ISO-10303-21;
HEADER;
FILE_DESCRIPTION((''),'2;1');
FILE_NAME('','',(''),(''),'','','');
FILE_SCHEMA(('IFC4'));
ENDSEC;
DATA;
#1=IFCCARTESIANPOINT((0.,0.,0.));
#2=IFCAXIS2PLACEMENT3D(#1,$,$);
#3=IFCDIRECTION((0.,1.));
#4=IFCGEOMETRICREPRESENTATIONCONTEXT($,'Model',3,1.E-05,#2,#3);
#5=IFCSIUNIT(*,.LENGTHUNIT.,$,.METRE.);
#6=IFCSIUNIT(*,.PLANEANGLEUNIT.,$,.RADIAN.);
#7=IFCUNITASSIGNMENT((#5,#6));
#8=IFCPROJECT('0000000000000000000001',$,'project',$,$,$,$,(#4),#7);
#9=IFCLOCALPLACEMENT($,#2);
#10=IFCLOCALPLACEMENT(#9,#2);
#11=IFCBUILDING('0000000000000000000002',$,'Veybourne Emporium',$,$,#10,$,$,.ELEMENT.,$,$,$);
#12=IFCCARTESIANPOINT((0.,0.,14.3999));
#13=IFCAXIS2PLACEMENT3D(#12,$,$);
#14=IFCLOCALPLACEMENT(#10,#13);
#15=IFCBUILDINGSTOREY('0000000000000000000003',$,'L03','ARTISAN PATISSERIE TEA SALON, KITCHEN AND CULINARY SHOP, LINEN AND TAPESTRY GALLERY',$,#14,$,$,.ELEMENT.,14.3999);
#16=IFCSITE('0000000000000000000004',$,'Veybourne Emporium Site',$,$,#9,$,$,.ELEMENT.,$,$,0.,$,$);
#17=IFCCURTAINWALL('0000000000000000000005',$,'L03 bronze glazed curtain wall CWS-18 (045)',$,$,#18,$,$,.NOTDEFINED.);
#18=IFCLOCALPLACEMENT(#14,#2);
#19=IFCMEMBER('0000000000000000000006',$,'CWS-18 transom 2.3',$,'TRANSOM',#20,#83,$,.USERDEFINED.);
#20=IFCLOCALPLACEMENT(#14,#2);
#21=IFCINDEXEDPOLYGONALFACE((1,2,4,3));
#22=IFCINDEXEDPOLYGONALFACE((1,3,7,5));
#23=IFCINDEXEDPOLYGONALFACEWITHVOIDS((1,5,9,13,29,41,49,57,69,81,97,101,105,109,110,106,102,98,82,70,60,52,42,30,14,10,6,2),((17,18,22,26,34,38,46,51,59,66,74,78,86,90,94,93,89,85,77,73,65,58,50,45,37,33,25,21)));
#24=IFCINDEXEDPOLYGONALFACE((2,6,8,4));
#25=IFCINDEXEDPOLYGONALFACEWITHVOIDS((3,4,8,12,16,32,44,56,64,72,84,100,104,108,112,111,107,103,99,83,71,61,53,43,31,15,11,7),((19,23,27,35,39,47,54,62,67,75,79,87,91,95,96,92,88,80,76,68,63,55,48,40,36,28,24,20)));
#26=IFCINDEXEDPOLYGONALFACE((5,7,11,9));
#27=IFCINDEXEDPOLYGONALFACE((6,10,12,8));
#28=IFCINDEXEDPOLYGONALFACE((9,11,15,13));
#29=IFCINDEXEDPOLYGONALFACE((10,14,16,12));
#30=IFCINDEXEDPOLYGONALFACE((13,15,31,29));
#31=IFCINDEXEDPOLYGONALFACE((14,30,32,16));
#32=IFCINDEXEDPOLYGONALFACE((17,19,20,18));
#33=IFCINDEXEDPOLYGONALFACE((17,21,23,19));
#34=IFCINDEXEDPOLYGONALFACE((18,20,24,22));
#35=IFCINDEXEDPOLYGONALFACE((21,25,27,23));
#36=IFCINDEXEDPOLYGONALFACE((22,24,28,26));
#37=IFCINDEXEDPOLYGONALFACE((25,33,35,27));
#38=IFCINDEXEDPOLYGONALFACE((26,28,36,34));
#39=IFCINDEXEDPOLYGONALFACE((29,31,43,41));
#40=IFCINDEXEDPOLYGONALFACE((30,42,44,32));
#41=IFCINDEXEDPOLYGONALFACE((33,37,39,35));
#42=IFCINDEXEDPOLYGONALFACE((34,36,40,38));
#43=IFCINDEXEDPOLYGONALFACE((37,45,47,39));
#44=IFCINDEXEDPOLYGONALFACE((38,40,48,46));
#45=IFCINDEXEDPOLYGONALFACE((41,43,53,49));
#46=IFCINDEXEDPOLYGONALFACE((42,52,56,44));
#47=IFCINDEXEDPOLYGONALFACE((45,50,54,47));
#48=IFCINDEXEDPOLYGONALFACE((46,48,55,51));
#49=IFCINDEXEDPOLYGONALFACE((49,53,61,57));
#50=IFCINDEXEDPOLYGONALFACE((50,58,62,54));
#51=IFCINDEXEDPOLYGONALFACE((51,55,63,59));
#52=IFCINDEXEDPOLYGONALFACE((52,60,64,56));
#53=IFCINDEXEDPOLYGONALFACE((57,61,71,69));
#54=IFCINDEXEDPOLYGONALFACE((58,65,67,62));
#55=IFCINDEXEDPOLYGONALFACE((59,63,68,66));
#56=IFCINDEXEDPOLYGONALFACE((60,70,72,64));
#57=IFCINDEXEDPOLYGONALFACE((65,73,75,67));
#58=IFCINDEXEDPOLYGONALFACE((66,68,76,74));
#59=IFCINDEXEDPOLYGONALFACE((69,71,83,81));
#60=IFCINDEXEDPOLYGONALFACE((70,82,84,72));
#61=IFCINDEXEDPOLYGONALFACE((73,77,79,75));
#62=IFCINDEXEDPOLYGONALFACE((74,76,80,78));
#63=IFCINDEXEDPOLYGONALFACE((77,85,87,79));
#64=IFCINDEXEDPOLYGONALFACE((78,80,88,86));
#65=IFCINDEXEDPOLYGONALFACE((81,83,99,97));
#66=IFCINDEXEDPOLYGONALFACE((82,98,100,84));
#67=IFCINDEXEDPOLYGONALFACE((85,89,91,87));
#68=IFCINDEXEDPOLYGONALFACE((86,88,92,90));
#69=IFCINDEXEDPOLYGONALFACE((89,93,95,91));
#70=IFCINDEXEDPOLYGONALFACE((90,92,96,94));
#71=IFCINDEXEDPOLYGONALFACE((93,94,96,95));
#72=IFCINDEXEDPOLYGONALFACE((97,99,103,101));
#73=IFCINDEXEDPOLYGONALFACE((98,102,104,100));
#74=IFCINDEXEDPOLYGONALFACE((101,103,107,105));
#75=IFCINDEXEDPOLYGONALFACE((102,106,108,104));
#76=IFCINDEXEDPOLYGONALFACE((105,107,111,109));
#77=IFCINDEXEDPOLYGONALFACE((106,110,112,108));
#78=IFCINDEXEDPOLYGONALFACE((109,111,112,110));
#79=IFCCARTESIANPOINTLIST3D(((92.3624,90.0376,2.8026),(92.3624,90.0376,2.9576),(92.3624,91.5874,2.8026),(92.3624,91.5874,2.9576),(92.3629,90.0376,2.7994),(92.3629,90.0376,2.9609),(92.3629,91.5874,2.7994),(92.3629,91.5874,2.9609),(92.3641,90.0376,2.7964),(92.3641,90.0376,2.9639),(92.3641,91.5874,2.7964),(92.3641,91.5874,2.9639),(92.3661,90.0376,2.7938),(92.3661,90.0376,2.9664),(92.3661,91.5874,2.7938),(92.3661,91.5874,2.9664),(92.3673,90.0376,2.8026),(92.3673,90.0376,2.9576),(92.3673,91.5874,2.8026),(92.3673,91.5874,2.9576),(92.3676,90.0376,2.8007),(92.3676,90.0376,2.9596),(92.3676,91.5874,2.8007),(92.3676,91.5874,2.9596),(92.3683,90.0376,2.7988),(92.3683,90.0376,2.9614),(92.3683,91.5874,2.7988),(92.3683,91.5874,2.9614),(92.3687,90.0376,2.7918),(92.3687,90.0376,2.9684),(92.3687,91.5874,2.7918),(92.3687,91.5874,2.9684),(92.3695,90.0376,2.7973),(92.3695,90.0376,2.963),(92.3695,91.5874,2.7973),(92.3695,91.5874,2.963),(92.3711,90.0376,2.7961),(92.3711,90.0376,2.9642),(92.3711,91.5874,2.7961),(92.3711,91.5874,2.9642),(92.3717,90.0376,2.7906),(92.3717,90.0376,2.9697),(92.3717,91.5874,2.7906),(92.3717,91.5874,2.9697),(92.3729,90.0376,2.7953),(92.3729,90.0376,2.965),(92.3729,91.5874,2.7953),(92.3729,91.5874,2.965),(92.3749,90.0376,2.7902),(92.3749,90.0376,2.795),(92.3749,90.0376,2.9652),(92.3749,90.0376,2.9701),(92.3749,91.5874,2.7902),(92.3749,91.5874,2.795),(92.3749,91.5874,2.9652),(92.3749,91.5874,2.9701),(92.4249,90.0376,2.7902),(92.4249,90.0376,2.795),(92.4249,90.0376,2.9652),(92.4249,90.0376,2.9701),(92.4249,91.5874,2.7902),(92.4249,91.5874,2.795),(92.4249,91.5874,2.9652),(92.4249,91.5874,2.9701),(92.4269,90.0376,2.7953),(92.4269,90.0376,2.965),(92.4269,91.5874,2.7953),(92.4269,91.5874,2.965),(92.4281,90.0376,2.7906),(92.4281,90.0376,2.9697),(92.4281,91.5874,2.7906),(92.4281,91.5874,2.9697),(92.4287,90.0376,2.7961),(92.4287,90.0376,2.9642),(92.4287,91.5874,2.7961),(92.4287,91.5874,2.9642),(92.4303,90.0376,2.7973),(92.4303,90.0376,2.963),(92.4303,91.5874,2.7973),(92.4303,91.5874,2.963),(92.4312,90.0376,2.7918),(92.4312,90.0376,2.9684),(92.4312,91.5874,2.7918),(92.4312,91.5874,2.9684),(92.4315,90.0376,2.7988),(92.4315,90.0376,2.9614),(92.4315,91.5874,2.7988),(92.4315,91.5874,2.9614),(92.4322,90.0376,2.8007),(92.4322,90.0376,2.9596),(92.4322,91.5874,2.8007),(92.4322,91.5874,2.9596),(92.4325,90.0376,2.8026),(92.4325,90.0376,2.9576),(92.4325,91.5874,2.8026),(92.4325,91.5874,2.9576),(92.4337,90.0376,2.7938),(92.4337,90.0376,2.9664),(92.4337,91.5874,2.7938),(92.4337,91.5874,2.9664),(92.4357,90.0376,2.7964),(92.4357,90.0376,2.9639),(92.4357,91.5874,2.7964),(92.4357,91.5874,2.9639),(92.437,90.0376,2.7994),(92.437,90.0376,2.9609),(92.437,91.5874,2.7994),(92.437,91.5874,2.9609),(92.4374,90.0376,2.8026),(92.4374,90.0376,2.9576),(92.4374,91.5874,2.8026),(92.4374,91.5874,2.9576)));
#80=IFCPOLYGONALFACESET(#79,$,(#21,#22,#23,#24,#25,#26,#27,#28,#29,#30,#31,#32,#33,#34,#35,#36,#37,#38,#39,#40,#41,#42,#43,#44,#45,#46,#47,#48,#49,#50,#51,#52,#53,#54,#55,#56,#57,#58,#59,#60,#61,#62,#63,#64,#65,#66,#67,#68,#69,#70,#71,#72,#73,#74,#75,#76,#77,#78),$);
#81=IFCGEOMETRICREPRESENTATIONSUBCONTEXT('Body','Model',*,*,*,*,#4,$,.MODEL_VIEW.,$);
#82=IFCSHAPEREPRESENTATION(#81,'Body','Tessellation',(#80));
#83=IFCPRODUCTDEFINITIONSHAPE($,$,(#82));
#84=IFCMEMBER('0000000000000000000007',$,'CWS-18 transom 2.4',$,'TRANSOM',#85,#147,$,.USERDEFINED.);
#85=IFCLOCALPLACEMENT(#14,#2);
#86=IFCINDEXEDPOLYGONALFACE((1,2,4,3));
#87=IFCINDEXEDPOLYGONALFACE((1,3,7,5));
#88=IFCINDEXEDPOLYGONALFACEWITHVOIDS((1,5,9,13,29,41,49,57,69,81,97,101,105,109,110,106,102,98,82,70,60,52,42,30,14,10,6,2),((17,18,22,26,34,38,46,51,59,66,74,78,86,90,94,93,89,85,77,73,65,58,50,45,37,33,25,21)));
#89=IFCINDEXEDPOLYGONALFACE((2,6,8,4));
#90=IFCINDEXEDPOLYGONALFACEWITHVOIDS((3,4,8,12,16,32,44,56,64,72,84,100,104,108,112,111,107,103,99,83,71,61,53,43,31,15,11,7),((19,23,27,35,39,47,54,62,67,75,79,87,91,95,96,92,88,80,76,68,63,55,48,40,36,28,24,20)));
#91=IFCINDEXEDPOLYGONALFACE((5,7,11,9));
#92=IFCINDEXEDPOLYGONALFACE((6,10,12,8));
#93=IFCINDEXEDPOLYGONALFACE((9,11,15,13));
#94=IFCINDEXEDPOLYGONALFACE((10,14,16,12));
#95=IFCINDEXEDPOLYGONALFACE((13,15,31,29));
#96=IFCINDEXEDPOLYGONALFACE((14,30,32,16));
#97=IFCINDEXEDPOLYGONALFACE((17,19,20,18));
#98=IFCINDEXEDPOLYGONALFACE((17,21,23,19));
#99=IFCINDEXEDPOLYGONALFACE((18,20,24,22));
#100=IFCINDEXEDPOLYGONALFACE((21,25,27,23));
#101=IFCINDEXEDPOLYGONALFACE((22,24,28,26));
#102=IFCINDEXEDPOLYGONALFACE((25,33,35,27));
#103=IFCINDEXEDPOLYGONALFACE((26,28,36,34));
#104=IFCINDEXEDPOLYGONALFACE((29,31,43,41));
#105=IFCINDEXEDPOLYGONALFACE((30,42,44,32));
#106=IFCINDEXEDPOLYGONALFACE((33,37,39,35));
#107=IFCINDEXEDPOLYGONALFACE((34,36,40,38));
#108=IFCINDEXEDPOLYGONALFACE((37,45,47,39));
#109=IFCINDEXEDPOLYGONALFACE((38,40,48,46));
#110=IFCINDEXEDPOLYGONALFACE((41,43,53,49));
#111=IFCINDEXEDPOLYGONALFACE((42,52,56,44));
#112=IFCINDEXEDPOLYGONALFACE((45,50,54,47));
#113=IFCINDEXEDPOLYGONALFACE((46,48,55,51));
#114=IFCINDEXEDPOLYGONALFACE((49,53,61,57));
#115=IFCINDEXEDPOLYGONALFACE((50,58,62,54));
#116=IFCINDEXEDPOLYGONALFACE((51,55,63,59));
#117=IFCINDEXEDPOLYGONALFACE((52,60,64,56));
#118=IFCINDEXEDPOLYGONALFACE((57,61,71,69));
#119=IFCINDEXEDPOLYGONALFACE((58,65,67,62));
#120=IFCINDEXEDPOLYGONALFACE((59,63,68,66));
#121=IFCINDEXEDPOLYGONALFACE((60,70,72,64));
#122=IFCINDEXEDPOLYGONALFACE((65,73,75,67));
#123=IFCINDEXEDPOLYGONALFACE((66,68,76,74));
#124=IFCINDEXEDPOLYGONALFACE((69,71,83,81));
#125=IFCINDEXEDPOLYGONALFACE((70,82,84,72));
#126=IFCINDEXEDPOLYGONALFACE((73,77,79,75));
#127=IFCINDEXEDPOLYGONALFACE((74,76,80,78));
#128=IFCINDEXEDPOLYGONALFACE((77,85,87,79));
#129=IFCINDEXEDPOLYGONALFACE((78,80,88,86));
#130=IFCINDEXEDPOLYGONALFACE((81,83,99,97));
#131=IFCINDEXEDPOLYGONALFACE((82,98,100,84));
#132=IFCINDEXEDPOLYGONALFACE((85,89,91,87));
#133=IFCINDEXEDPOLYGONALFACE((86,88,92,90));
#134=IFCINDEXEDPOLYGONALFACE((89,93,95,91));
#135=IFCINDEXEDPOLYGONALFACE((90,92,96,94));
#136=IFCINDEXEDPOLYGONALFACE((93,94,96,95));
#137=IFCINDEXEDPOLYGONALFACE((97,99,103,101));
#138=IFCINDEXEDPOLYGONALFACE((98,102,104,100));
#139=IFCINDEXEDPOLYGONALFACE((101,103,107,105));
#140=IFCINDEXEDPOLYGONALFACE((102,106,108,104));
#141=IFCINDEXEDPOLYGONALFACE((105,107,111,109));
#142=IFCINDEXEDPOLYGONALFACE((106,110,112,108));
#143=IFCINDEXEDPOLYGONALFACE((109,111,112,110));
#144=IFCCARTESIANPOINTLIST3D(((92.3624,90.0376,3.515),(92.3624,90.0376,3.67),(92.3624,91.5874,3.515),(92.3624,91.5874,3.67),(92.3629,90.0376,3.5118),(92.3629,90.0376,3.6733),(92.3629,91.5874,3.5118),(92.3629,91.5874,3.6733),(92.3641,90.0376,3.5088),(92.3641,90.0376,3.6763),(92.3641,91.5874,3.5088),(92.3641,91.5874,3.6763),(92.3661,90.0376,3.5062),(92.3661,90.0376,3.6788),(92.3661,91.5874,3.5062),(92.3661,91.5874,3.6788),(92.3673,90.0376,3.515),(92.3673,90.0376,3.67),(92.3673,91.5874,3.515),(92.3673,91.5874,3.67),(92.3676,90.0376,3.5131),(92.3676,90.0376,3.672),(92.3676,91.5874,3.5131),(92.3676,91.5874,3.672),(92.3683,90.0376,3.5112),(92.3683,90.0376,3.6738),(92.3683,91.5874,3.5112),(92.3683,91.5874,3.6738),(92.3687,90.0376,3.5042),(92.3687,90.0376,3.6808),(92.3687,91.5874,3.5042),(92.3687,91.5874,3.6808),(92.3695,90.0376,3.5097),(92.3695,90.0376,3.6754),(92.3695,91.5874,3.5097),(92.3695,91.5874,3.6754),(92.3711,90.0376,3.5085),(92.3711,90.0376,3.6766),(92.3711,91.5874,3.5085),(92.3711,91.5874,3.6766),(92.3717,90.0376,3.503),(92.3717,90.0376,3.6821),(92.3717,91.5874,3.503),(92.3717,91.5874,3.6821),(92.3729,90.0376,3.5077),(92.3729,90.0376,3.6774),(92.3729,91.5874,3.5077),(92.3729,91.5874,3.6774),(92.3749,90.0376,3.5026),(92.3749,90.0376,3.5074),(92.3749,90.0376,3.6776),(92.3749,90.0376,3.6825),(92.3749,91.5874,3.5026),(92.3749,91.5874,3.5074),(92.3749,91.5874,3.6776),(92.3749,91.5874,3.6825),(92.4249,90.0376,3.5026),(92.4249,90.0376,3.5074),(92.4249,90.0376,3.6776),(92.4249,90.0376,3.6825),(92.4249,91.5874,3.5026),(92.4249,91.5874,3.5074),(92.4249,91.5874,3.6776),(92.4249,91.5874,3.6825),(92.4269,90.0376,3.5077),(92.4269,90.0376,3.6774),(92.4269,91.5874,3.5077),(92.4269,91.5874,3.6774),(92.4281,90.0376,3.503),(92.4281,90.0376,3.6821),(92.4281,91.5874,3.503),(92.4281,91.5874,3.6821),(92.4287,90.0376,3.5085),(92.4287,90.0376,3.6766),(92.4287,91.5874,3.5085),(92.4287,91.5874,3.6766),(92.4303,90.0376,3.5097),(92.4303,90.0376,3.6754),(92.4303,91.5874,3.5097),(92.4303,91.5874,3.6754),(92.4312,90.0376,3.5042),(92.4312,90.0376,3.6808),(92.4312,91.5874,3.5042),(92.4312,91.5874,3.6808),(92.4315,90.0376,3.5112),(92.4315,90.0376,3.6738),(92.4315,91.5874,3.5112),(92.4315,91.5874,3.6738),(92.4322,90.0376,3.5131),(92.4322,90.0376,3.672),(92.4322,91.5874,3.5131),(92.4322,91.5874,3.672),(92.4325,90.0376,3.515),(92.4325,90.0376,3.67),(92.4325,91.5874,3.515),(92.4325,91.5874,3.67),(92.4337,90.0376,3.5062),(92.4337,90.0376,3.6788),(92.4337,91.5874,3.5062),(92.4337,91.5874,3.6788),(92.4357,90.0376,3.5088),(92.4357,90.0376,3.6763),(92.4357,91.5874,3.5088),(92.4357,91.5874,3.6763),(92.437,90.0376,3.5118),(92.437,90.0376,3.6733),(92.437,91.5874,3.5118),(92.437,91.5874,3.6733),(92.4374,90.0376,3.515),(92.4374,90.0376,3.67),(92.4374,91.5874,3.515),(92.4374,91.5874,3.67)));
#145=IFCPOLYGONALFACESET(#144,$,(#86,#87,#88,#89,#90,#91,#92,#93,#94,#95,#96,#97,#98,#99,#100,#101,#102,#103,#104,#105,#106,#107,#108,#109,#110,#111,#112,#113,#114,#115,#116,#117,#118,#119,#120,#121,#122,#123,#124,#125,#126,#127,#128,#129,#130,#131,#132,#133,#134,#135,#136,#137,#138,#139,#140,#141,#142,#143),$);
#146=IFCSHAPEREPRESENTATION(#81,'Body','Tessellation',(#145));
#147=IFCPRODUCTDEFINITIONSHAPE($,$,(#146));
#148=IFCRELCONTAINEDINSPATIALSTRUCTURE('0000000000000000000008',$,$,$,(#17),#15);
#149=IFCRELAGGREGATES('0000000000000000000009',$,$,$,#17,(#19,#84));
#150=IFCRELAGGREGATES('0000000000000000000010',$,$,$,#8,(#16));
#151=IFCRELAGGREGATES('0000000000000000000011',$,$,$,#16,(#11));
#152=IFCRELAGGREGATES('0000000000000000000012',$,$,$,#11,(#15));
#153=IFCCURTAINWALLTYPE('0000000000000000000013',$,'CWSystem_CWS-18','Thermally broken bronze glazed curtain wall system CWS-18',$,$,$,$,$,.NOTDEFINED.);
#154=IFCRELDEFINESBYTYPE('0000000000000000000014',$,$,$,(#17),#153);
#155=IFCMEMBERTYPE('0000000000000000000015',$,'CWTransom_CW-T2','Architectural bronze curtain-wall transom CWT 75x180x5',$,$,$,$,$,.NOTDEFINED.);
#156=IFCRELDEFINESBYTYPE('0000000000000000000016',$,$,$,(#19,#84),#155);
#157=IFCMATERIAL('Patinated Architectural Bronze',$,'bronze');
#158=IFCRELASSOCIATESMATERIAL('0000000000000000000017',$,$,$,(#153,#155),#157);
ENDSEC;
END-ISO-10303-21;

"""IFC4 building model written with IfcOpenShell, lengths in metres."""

from ifc_helpers import new_model, si_unit, direction, frame, origin, origin_2d, place, context, subcontext, project, spatial, hollow_rectangle, extrude, material, material_profile, profile_set, type_object, element, aggregate, save


model = new_model("IFC4")

# Units and contexts
model_context = context("Model", 3, precision=1e-05, world=origin(), true_north=direction((0.0, 1.0)))
body_context = subcontext(model_context, "Body", "Model", "MODEL_VIEW")
ifc_project = project(units=[si_unit("LENGTHUNIT", "METRE"), si_unit("PLANEANGLEUNIT", "RADIAN")], contexts=[model_context])

# Site, building, storey
site_placement = place(None, origin())
site = spatial("IfcSite", under=ifc_project, at=site_placement, Name="Veybourne Emporium Site", CompositionType="ELEMENT", RefElevation=0.0)
building_placement = place(site_placement, origin())
building = spatial("IfcBuilding", under=site, at=building_placement, Name="Veybourne Emporium", CompositionType="ELEMENT")
storey_placement = place(building_placement, frame((0.0, 0.0, 14.3999)))
storey = spatial("IfcBuildingStorey", under=building, at=storey_placement, Name="L03", Description="ARTISAN PATISSERIE TEA SALON, KITCHEN AND CULINARY SHOP, LINEN AND TAPESTRY GALLERY", CompositionType="ELEMENT", Elevation=14.3999)

# Curtain wall, members
ifc_material_1 = material(Name="Patinated Architectural Bronze", Category="bronze")
curtain_wall_type = type_object("IfcCurtainWallType", Name="CWSystem_CWS-18", Description="Thermally broken bronze glazed curtain wall system CWS-18", PredefinedType="NOTDEFINED", material=ifc_material_1)
curtain_wall_placement = place(storey_placement, origin())
curtain_wall = element("IfcCurtainWall", 1, at=curtain_wall_placement, inside=storey, type_object=curtain_wall_type, Name="L03 bronze glazed curtain wall CWS-18 (045)", PredefinedType="NOTDEFINED")
ifc_material_profile_1 = material_profile(ifc_material_1, hollow_rectangle(XDim=0.075, YDim=0.1799, WallThickness=0.0049, InnerFilletRadius=0.0076, OuterFilletRadius=0.0125, at=origin_2d()), Name="CWT 75x180x5")
ifc_profile_set_1 = profile_set([ifc_material_profile_1], Name="Patinated Architectural Bronze")
member_type_1 = type_object("IfcMemberType", Name="CWTransom_CW-T2", Description="Architectural bronze curtain-wall transom CWT 75x180x5", PredefinedType="NOTDEFINED", material=ifc_profile_set_1)
member_1_placement = place(storey_placement, frame((92.3999, 91.5874, 2.8801), z_axis=(0.0, -1.0, 0.0), x_axis=(1.0, 0.0, 0.0)))
member_1 = element("IfcMember", 2, at=member_1_placement, type_object=member_type_1, Name="CWS-18 transom 2.3", ObjectType="TRANSOM", PredefinedType="USERDEFINED", context=body_context, shape_type="SweptSolid", body=[
    extrude(hollow_rectangle(XDim=0.075, YDim=0.1799, WallThickness=0.0049, InnerFilletRadius=0.0076, OuterFilletRadius=0.0125, at=origin_2d()), origin(), (0.0, 0.0, 1.0), 1.5498),
])
member_2_placement = place(storey_placement, frame((92.3999, 91.5874, 3.5925), z_axis=(0.0, -1.0, 0.0), x_axis=(1.0, 0.0, 0.0)))
member_2 = element("IfcMember", 3, at=member_2_placement, type_object=member_type_1, Name="CWS-18 transom 2.4", ObjectType="TRANSOM", PredefinedType="USERDEFINED", context=body_context, shape_type="SweptSolid", body=[
    extrude(hollow_rectangle(XDim=0.075, YDim=0.1799, WallThickness=0.0049, InnerFilletRadius=0.0076, OuterFilletRadius=0.0125, at=origin_2d()), origin(), (0.0, 0.0, 1.0), 1.5498),
])

aggregate(curtain_wall, [member_1, member_2])

save(model, "model.ifc")
